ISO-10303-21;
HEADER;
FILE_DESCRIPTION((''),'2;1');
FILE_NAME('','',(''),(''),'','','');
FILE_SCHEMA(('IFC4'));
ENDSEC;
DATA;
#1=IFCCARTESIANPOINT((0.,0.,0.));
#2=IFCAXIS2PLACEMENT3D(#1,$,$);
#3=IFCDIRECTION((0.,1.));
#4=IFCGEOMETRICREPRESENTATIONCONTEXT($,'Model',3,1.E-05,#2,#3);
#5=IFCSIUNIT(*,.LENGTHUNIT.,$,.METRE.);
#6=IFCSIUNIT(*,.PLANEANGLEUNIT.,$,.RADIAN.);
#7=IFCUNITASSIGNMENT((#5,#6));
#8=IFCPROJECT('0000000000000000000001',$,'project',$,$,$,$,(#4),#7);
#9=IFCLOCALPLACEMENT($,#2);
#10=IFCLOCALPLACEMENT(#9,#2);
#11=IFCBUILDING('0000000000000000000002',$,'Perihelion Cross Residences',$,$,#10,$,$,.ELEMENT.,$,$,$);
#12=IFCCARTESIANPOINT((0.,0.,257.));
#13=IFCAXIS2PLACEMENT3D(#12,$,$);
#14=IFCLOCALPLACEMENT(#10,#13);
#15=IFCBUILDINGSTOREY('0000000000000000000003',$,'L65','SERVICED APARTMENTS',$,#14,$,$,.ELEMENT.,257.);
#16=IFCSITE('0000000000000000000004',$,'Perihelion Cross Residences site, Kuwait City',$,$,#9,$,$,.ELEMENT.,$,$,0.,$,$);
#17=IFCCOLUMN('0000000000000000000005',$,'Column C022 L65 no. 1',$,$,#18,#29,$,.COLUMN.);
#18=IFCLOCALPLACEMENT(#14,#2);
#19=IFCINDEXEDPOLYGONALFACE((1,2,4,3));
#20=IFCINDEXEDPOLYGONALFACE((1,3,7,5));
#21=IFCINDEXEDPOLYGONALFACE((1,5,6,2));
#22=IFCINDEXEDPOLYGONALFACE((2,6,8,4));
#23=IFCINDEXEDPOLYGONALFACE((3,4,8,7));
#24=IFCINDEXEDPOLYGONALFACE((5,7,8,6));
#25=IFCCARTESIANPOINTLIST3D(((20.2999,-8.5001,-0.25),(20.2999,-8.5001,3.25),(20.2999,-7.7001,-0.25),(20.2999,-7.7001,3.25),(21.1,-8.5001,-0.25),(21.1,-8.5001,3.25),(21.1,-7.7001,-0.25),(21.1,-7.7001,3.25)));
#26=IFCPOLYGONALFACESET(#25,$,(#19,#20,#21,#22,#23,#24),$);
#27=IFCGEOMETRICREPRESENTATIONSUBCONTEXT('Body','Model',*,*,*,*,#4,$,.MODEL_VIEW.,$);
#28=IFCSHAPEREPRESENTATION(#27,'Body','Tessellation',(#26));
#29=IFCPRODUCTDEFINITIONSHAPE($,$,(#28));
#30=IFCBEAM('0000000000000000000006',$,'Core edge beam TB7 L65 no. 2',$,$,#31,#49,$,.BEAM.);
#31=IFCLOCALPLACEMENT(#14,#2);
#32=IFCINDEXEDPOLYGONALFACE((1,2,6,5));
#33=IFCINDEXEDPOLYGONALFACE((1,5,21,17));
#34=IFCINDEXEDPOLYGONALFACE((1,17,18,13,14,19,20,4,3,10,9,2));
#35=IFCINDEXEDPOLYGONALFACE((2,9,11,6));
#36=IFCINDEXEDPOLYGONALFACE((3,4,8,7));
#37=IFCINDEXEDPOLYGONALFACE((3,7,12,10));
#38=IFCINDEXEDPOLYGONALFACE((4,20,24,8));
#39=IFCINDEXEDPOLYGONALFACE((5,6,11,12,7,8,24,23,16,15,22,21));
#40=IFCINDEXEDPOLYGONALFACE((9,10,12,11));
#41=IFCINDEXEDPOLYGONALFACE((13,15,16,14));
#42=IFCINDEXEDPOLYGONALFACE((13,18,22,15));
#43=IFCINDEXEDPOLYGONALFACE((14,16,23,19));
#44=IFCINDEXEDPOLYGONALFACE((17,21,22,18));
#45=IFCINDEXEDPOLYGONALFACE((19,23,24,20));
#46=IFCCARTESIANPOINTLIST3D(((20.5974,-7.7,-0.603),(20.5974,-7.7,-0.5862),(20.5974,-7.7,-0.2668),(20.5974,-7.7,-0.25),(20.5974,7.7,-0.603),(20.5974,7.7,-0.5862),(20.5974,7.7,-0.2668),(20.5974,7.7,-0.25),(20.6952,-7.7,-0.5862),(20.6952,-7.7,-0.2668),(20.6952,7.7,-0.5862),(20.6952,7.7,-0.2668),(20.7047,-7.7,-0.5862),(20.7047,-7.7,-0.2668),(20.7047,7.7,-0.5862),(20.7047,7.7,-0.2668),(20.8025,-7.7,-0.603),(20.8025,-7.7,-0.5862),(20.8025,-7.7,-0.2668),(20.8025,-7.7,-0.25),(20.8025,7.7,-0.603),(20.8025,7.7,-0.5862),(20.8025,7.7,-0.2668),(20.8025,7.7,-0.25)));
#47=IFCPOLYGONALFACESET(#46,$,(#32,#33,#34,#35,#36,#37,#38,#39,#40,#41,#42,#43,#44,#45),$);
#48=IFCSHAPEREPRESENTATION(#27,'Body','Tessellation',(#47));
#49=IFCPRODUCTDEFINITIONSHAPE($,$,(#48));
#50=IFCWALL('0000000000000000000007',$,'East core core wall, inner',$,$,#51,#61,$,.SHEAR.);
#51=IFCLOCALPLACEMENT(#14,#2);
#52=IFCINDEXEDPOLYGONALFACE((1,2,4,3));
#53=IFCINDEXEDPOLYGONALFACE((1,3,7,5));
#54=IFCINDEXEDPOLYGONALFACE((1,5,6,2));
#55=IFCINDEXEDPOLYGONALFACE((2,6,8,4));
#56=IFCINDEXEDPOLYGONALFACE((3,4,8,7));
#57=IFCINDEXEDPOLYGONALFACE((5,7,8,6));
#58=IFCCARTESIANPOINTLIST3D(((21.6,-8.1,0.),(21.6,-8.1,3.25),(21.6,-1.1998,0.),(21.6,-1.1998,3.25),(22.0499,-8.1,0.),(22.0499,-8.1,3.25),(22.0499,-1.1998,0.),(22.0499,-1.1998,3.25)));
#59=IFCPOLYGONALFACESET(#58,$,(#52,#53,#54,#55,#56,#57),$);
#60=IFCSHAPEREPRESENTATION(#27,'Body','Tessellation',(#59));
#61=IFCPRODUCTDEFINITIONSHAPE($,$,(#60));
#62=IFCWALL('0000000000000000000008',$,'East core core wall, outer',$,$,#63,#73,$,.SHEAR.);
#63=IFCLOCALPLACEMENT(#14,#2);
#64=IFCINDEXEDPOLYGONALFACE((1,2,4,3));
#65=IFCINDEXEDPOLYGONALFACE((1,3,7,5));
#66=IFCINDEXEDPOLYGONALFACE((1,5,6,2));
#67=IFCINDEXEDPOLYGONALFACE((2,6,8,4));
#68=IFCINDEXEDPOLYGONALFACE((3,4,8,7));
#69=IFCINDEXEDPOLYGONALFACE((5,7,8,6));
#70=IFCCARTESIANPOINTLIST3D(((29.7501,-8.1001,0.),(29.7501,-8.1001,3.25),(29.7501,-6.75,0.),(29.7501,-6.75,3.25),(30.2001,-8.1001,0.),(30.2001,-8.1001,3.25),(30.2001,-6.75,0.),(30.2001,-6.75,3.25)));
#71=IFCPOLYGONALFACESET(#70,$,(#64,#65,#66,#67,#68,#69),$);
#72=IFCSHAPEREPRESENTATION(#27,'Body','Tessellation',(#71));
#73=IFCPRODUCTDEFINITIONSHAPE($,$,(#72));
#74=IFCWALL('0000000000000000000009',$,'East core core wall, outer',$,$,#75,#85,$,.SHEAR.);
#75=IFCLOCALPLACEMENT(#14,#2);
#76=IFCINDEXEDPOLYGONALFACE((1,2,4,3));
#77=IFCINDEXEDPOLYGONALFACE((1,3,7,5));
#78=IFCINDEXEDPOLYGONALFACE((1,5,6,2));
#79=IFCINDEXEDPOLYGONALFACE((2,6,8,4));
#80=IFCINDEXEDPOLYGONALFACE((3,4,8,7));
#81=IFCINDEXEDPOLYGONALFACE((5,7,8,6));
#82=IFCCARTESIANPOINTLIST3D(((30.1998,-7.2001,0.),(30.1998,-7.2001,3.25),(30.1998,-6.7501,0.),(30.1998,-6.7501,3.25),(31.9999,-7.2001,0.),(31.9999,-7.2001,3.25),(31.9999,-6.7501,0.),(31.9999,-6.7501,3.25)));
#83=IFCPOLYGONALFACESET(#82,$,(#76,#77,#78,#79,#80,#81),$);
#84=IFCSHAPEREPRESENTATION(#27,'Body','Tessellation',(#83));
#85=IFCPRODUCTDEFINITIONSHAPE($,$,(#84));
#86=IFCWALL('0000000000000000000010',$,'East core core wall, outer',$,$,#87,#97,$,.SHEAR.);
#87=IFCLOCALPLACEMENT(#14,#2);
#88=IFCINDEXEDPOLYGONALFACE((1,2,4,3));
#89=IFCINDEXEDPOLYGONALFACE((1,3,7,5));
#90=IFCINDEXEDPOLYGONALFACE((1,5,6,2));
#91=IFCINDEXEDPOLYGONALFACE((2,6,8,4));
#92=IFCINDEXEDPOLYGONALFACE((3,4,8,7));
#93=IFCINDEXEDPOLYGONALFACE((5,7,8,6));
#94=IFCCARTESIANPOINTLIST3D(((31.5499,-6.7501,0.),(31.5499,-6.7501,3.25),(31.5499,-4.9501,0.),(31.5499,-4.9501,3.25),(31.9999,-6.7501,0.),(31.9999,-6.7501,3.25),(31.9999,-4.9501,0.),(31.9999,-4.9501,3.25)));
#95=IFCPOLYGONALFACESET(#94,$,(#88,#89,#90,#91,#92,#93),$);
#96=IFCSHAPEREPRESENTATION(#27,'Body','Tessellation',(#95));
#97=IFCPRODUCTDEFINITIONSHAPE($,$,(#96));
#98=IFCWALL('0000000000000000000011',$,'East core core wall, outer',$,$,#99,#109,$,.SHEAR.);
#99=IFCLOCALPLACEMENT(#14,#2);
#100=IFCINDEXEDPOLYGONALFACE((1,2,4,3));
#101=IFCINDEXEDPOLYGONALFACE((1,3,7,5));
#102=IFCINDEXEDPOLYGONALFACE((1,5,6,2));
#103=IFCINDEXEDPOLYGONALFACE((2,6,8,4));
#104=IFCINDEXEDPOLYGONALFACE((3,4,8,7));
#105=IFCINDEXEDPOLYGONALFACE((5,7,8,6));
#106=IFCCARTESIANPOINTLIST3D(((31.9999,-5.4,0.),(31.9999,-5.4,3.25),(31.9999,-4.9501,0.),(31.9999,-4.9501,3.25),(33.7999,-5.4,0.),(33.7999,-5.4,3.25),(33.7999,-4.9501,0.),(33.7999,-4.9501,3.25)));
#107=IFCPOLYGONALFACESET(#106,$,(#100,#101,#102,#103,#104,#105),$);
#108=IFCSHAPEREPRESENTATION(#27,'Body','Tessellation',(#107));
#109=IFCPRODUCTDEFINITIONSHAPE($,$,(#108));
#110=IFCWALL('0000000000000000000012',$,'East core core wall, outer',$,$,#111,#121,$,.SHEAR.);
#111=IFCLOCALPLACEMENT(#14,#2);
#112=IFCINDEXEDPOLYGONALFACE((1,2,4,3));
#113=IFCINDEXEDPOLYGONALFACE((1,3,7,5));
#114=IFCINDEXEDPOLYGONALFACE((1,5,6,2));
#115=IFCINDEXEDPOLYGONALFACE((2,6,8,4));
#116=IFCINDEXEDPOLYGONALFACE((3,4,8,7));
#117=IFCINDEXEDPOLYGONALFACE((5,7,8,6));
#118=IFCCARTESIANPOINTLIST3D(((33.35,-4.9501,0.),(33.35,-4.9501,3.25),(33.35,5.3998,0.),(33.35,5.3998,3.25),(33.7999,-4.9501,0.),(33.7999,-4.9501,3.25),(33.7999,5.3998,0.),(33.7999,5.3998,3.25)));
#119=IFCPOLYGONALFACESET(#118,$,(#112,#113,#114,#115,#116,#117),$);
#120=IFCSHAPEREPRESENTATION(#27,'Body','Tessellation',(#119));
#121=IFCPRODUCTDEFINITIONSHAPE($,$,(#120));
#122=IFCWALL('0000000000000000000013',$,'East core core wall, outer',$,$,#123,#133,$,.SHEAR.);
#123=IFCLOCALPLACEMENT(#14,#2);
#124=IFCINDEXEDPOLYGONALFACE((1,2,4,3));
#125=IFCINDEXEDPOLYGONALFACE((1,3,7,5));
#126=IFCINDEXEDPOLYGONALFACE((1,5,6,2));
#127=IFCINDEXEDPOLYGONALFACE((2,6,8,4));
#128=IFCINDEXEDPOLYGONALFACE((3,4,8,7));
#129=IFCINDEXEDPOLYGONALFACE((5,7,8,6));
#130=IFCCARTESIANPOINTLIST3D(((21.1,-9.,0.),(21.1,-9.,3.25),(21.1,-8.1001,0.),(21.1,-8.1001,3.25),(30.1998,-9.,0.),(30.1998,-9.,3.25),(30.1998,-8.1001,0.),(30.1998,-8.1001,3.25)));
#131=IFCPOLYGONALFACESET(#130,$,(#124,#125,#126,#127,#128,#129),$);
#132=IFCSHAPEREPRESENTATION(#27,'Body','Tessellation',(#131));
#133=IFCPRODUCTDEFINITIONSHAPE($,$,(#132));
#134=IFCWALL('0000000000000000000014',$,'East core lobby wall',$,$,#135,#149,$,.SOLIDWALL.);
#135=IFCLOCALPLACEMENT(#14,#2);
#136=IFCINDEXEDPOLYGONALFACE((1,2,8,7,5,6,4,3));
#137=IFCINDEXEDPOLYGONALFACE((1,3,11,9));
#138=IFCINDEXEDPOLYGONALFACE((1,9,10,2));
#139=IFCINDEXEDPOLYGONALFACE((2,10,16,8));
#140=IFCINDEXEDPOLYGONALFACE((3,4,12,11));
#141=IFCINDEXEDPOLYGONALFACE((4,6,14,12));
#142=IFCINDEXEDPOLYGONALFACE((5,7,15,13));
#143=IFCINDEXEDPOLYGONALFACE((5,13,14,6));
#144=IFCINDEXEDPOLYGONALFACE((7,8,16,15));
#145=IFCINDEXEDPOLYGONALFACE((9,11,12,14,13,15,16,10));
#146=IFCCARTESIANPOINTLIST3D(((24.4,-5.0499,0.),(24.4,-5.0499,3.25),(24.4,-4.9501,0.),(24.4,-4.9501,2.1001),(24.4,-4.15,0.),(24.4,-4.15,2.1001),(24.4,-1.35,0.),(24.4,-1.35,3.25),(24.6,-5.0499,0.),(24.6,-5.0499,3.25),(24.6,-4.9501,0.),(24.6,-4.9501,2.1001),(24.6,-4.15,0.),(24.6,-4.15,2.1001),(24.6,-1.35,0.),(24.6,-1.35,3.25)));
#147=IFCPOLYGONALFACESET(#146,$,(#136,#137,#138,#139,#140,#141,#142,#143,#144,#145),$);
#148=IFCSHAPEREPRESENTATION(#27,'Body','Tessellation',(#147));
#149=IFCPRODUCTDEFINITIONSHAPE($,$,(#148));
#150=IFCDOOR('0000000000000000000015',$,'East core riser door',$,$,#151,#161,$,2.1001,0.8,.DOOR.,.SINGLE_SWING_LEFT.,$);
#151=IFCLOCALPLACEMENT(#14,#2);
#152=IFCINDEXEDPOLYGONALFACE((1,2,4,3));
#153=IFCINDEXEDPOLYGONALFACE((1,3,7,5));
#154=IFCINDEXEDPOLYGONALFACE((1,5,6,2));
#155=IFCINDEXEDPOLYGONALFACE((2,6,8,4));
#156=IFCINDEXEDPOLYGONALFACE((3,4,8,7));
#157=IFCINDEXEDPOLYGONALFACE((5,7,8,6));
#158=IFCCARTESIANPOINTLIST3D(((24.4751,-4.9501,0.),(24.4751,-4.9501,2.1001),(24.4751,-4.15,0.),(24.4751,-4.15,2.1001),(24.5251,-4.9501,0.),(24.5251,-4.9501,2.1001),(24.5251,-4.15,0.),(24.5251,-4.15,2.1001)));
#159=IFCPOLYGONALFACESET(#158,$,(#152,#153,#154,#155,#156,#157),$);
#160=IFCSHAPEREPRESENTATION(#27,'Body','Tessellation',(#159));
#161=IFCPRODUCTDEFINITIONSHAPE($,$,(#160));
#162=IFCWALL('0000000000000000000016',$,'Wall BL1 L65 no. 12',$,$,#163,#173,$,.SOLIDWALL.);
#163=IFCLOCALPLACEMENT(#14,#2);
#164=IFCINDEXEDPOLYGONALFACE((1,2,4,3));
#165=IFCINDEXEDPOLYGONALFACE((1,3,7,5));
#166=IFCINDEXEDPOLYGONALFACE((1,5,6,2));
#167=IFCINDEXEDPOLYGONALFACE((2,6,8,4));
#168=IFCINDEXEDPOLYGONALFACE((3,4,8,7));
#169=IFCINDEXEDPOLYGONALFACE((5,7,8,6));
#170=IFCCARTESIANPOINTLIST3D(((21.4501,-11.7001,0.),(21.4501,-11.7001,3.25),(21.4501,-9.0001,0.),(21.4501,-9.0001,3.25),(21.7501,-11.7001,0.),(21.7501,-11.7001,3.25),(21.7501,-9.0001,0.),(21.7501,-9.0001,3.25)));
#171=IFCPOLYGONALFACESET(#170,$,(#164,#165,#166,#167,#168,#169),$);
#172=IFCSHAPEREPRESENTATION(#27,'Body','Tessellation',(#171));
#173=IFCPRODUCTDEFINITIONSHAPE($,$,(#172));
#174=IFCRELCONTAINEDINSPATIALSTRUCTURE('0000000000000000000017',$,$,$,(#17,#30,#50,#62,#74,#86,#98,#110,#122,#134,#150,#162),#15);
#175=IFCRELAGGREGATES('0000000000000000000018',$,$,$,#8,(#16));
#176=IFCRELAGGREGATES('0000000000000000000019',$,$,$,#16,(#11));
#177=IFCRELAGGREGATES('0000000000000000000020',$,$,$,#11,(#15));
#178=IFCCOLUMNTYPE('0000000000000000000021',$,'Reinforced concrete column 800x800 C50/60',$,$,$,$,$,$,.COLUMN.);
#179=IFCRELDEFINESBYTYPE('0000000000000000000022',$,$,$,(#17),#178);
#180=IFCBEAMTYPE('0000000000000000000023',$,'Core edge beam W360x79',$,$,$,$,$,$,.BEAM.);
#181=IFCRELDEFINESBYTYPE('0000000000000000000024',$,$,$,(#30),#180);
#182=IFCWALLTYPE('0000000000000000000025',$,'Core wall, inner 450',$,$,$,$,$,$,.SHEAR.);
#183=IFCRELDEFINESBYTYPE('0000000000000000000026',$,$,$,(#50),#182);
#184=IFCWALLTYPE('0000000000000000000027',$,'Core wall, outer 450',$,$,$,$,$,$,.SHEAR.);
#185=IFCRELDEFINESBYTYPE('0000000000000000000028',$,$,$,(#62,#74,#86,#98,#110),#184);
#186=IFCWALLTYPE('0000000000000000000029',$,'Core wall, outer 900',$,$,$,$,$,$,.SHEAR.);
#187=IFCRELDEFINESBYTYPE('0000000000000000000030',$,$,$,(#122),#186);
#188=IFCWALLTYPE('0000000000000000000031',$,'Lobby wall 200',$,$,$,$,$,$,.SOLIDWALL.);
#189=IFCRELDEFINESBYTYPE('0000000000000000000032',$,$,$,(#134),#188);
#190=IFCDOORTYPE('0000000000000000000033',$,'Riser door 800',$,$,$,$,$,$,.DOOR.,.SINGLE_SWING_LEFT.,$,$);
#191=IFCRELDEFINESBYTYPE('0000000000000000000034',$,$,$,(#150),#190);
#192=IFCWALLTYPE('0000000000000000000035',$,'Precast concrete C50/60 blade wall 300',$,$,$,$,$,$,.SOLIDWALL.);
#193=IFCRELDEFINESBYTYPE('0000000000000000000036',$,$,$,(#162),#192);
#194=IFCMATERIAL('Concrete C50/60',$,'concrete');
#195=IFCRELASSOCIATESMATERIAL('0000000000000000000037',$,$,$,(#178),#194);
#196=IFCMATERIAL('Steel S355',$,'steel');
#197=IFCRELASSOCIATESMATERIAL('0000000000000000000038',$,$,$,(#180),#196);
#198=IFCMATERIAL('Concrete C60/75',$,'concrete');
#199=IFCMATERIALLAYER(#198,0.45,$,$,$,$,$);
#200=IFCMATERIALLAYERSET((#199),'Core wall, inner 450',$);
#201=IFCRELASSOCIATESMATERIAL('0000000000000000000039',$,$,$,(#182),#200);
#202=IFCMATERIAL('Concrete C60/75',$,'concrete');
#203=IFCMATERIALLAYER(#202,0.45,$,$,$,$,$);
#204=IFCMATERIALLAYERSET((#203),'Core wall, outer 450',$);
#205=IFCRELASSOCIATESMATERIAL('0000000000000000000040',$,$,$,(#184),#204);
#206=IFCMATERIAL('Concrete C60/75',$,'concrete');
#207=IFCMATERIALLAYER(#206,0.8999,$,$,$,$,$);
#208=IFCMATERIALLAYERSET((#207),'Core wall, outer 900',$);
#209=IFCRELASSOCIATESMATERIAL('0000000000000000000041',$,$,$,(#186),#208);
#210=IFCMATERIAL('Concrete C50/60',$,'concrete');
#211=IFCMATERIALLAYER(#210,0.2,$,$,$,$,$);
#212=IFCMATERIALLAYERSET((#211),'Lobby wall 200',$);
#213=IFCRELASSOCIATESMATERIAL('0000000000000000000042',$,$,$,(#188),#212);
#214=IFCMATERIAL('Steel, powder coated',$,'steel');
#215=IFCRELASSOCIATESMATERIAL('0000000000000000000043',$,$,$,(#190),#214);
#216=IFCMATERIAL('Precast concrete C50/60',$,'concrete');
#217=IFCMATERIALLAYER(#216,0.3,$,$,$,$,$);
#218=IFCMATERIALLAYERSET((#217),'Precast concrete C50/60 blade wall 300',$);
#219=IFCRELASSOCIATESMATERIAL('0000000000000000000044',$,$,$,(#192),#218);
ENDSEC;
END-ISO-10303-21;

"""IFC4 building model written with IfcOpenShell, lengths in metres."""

from ifc_helpers import new_model, si_unit, direction, frame, frame_2d, origin, origin_2d, place, context, subcontext, project, spatial, rectangle, i_section, extrude, material, layer, layer_set, material_profile, profile_set, type_object, element, fill, save


model = new_model("IFC4")

# Units and contexts
model_context = context("Model", 3, precision=1e-05, world=origin(), true_north=direction((0.0, 1.0)))
body_context = subcontext(model_context, "Body", "Model", "MODEL_VIEW")
ifc_project = project(units=[si_unit("LENGTHUNIT", "METRE"), si_unit("PLANEANGLEUNIT", "RADIAN")], contexts=[model_context])

# Site, building, storey
site_placement = place(None, origin())
site = spatial("IfcSite", under=ifc_project, at=site_placement, Name="Perihelion Cross Residences site, Kuwait City", CompositionType="ELEMENT", RefElevation=0.0)
building_placement = place(site_placement, origin())
building = spatial("IfcBuilding", under=site, at=building_placement, Name="Perihelion Cross Residences", CompositionType="ELEMENT")
storey_placement = place(building_placement, frame((0.0, 0.0, 257.0)))
storey = spatial("IfcBuildingStorey", under=building, at=storey_placement, Name="L65", Description="SERVICED APARTMENTS", CompositionType="ELEMENT", Elevation=257.0)

# Column
ifc_material_1 = material(Name="Concrete C50/60", Category="concrete")
ifc_material_profile_1 = material_profile(ifc_material_1, rectangle(XDim=0.8, YDim=0.8, at=origin_2d()), Name="RC 800x800")
ifc_profile_set_1 = profile_set([ifc_material_profile_1], Name="Concrete C50/60")
column_type = type_object("IfcColumnType", Name="Reinforced concrete column 800x800 C50/60", PredefinedType="COLUMN", material=ifc_profile_set_1)
column_placement = place(storey_placement, frame((20.7, -8.1001, -0.25), z_axis=(0.0, 0.0, 1.0), x_axis=(1.0, 0.0, 0.0)))
element("IfcColumn", 1, at=column_placement, inside=storey, type_object=column_type, Name="Column C022 L65 no. 1", PredefinedType="COLUMN", context=body_context, shape_type="SweptSolid", body=[
    extrude(rectangle(XDim=0.8, YDim=0.8, at=origin_2d()), origin(), (0.0, 0.0, 1.0), 3.5),
])

# Beam
ifc_material_2 = material(Name="Steel S355", Category="steel")
ifc_material_profile_2 = material_profile(ifc_material_2, i_section(OverallWidth=0.2051, OverallDepth=0.353, WebThickness=0.0095, FlangeThickness=0.0168, at=origin_2d()), Name="W360x79")
ifc_profile_set_2 = profile_set([ifc_material_profile_2], Name="Steel S355")
beam_type = type_object("IfcBeamType", Name="Core edge beam W360x79", PredefinedType="BEAM", material=ifc_profile_set_2)
beam_placement = place(storey_placement, frame((20.7, -7.7, -0.4265), z_axis=(0.0, 1.0, 0.0), x_axis=(-1.0, 0.0, 0.0)))
element("IfcBeam", 2, at=beam_placement, inside=storey, type_object=beam_type, Name="Core edge beam TB7 L65 no. 2", PredefinedType="BEAM", context=body_context, shape_type="SweptSolid", body=[
    extrude(i_section(OverallWidth=0.2051, OverallDepth=0.353, WebThickness=0.0095, FlangeThickness=0.0168, at=origin_2d()), origin(), (0.0, 0.0, 1.0), 15.3999),
])

# Walls
ifc_material_3 = material(Name="Concrete C60/75", Category="concrete")
ifc_layer_1 = layer(ifc_material_3, 0.45)
ifc_layer_set_1 = layer_set([ifc_layer_1], Name="Core wall, inner 450")
wall_type_1 = type_object("IfcWallType", Name="Core wall, inner 450", PredefinedType="SHEAR", material=ifc_layer_set_1)
wall_1_placement = place(storey_placement, frame((21.825, -8.1001, 0.0), z_axis=(0.0, 0.0, 1.0), x_axis=(0.0, 1.0, 0.0)))
element("IfcWall", 3, at=wall_1_placement, inside=storey, type_object=wall_type_1, Name="East core core wall, inner", PredefinedType="SHEAR", context=body_context, shape_type="SweptSolid", body=[
    extrude(rectangle(XDim=6.9001, YDim=0.45, at=frame_2d((3.4502, 0.0))), origin(), (0.0, 0.0, 1.0), 3.25),
])
ifc_material_4 = material(Name="Concrete C60/75", Category="concrete")
ifc_layer_2 = layer(ifc_material_4, 0.45)
ifc_layer_set_2 = layer_set([ifc_layer_2], Name="Core wall, outer 450")
wall_type_2 = type_object("IfcWallType", Name="Core wall, outer 450", PredefinedType="SHEAR", material=ifc_layer_set_2)
wall_2_placement = place(storey_placement, frame((29.9751, -8.1001, 0.0), z_axis=(0.0, 0.0, 1.0), x_axis=(0.0, 1.0, 0.0)))
element("IfcWall", 4, at=wall_2_placement, inside=storey, type_object=wall_type_2, Name="East core core wall, outer", PredefinedType="SHEAR", context=body_context, shape_type="SweptSolid", body=[
    extrude(rectangle(XDim=1.3501, YDim=0.45, at=frame_2d((0.675, 0.0))), origin(), (0.0, 0.0, 1.0), 3.25),
])
for number, where, z_axis, x_axis, name in (
    (5, (30.2, -6.9751, 0.0), (0.0, 0.0, 1.0), (1.0, 0.0, 0.0), "East core core wall, outer"),
    (6, (31.7749, -6.75, 0.0), (0.0, 0.0, 1.0), (0.0, 1.0, 0.0), "East core core wall, outer"),
    (7, (32.0, -5.175, 0.0), (0.0, 0.0, 1.0), (1.0, 0.0, 0.0), "East core core wall, outer"),
):
    element("IfcWall", number, at=place(storey_placement, frame(where, z_axis=z_axis, x_axis=x_axis)), inside=storey, type_object=wall_type_2, Name=name, PredefinedType="SHEAR", context=body_context, shape_type="SweptSolid", body=[
        extrude(rectangle(XDim=1.8, YDim=0.45, at=frame_2d((0.8999, 0.0))), origin(), (0.0, 0.0, 1.0), 3.25),
    ])
wall_3_placement = place(storey_placement, frame((33.575, -4.95, 0.0), z_axis=(0.0, 0.0, 1.0), x_axis=(0.0, 1.0, 0.0)))
element("IfcWall", 8, at=wall_3_placement, inside=storey, type_object=wall_type_2, Name="East core core wall, outer", PredefinedType="SHEAR", context=body_context, shape_type="SweptSolid", body=[
    extrude(rectangle(XDim=10.3499, YDim=0.45, at=frame_2d((5.1748, 0.0))), origin(), (0.0, 0.0, 1.0), 3.25),
])
ifc_material_5 = material(Name="Concrete C60/75", Category="concrete")
ifc_layer_3 = layer(ifc_material_5, 0.8999)
ifc_layer_set_3 = layer_set([ifc_layer_3], Name="Core wall, outer 900")
wall_type_3 = type_object("IfcWallType", Name="Core wall, outer 900", PredefinedType="SHEAR", material=ifc_layer_set_3)
wall_4_placement = place(storey_placement, frame((21.1001, -8.55, 0.0), z_axis=(0.0, 0.0, 1.0), x_axis=(1.0, 0.0, 0.0)))
element("IfcWall", 9, at=wall_4_placement, inside=storey, type_object=wall_type_3, Name="East core core wall, outer", PredefinedType="SHEAR", context=body_context, shape_type="SweptSolid", body=[
    extrude(rectangle(XDim=9.0999, YDim=0.8999, at=frame_2d((4.5498, 0.0))), origin(), (0.0, 0.0, 1.0), 3.25),
])

# Wall, opening, door
ifc_material_6 = material(Name="Concrete C50/60", Category="concrete")
ifc_layer_4 = layer(ifc_material_6, 0.2)
ifc_layer_set_4 = layer_set([ifc_layer_4], Name="Lobby wall 200")
wall_type_4 = type_object("IfcWallType", Name="Lobby wall 200", PredefinedType="SOLIDWALL", material=ifc_layer_set_4)
wall_5_placement = place(storey_placement, frame((24.5, -5.05, 0.0), z_axis=(0.0, 0.0, 1.0), x_axis=(0.0, 1.0, 0.0)))
wall_5 = element("IfcWall", 10, at=wall_5_placement, inside=storey, type_object=wall_type_4, Name="East core lobby wall", PredefinedType="SOLIDWALL", context=body_context, shape_type="SweptSolid", body=[
    extrude(rectangle(XDim=3.7, YDim=0.2, at=frame_2d((1.8501, 0.0))), origin(), (0.0, 0.0, 1.0), 3.25),
])
opening_1_placement = place(wall_5_placement, frame((0.1001, 0.0, 0.0)))
opening_1 = element("IfcOpeningElement", 11, at=opening_1_placement, cuts=wall_5, PredefinedType="OPENING", context=body_context, shape_type="SweptSolid", body=[
    extrude(rectangle(XDim=0.8, YDim=2.1001, at=frame_2d((0.3999, 1.05))), frame((0.0, 0.1099, 0.0), z_axis=(0.0, -1.0, 0.0), x_axis=(1.0, 0.0, 0.0)), (0.0, 0.0, 1.0), 0.22),
])
ifc_material_7 = material(Name="Steel, powder coated", Category="steel")
door_type_1 = type_object("IfcDoorType", Name="Riser door 800", OperationType="SINGLE_SWING_LEFT", PredefinedType="DOOR", material=ifc_material_7)
door_1_placement = place(opening_1_placement, origin())
door_1 = element("IfcDoor", 12, at=door_1_placement, inside=storey, type_object=door_type_1, Name="East core riser door", OperationType="SINGLE_SWING_LEFT", OverallHeight=2.1001, OverallWidth=0.8, PredefinedType="DOOR", context=body_context, shape_type="SweptSolid", body=[
    extrude(rectangle(XDim=0.8, YDim=2.1001, at=frame_2d((0.3999, 1.05))), frame((0.0, 0.0249, 0.0), z_axis=(0.0, -1.0, 0.0), x_axis=(1.0, 0.0, 0.0)), (0.0, 0.0, 1.0), 0.05),
])
fill(opening_1, door_1)

# Wall
ifc_material_8 = material(Name="Precast concrete C50/60", Category="concrete")
ifc_layer_5 = layer(ifc_material_8, 0.3)
ifc_layer_set_5 = layer_set([ifc_layer_5], Name="Precast concrete C50/60 blade wall 300")
wall_type_5 = type_object("IfcWallType", Name="Precast concrete C50/60 blade wall 300", PredefinedType="SOLIDWALL", material=ifc_layer_set_5)
wall_6_placement = place(storey_placement, frame((21.6001, -9.0, 0.0), z_axis=(0.0, 0.0, 1.0), x_axis=(0.0, -1.0, 0.0)))
element("IfcWall", 13, at=wall_6_placement, inside=storey, type_object=wall_type_5, Name="Wall BL1 L65 no. 12", PredefinedType="SOLIDWALL", context=body_context, shape_type="SweptSolid", body=[
    extrude(rectangle(XDim=2.7, YDim=0.3, at=frame_2d((1.3501, 0.0))), origin(), (0.0, 0.0, 1.0), 3.25),
])

save(model, "model.ifc")
